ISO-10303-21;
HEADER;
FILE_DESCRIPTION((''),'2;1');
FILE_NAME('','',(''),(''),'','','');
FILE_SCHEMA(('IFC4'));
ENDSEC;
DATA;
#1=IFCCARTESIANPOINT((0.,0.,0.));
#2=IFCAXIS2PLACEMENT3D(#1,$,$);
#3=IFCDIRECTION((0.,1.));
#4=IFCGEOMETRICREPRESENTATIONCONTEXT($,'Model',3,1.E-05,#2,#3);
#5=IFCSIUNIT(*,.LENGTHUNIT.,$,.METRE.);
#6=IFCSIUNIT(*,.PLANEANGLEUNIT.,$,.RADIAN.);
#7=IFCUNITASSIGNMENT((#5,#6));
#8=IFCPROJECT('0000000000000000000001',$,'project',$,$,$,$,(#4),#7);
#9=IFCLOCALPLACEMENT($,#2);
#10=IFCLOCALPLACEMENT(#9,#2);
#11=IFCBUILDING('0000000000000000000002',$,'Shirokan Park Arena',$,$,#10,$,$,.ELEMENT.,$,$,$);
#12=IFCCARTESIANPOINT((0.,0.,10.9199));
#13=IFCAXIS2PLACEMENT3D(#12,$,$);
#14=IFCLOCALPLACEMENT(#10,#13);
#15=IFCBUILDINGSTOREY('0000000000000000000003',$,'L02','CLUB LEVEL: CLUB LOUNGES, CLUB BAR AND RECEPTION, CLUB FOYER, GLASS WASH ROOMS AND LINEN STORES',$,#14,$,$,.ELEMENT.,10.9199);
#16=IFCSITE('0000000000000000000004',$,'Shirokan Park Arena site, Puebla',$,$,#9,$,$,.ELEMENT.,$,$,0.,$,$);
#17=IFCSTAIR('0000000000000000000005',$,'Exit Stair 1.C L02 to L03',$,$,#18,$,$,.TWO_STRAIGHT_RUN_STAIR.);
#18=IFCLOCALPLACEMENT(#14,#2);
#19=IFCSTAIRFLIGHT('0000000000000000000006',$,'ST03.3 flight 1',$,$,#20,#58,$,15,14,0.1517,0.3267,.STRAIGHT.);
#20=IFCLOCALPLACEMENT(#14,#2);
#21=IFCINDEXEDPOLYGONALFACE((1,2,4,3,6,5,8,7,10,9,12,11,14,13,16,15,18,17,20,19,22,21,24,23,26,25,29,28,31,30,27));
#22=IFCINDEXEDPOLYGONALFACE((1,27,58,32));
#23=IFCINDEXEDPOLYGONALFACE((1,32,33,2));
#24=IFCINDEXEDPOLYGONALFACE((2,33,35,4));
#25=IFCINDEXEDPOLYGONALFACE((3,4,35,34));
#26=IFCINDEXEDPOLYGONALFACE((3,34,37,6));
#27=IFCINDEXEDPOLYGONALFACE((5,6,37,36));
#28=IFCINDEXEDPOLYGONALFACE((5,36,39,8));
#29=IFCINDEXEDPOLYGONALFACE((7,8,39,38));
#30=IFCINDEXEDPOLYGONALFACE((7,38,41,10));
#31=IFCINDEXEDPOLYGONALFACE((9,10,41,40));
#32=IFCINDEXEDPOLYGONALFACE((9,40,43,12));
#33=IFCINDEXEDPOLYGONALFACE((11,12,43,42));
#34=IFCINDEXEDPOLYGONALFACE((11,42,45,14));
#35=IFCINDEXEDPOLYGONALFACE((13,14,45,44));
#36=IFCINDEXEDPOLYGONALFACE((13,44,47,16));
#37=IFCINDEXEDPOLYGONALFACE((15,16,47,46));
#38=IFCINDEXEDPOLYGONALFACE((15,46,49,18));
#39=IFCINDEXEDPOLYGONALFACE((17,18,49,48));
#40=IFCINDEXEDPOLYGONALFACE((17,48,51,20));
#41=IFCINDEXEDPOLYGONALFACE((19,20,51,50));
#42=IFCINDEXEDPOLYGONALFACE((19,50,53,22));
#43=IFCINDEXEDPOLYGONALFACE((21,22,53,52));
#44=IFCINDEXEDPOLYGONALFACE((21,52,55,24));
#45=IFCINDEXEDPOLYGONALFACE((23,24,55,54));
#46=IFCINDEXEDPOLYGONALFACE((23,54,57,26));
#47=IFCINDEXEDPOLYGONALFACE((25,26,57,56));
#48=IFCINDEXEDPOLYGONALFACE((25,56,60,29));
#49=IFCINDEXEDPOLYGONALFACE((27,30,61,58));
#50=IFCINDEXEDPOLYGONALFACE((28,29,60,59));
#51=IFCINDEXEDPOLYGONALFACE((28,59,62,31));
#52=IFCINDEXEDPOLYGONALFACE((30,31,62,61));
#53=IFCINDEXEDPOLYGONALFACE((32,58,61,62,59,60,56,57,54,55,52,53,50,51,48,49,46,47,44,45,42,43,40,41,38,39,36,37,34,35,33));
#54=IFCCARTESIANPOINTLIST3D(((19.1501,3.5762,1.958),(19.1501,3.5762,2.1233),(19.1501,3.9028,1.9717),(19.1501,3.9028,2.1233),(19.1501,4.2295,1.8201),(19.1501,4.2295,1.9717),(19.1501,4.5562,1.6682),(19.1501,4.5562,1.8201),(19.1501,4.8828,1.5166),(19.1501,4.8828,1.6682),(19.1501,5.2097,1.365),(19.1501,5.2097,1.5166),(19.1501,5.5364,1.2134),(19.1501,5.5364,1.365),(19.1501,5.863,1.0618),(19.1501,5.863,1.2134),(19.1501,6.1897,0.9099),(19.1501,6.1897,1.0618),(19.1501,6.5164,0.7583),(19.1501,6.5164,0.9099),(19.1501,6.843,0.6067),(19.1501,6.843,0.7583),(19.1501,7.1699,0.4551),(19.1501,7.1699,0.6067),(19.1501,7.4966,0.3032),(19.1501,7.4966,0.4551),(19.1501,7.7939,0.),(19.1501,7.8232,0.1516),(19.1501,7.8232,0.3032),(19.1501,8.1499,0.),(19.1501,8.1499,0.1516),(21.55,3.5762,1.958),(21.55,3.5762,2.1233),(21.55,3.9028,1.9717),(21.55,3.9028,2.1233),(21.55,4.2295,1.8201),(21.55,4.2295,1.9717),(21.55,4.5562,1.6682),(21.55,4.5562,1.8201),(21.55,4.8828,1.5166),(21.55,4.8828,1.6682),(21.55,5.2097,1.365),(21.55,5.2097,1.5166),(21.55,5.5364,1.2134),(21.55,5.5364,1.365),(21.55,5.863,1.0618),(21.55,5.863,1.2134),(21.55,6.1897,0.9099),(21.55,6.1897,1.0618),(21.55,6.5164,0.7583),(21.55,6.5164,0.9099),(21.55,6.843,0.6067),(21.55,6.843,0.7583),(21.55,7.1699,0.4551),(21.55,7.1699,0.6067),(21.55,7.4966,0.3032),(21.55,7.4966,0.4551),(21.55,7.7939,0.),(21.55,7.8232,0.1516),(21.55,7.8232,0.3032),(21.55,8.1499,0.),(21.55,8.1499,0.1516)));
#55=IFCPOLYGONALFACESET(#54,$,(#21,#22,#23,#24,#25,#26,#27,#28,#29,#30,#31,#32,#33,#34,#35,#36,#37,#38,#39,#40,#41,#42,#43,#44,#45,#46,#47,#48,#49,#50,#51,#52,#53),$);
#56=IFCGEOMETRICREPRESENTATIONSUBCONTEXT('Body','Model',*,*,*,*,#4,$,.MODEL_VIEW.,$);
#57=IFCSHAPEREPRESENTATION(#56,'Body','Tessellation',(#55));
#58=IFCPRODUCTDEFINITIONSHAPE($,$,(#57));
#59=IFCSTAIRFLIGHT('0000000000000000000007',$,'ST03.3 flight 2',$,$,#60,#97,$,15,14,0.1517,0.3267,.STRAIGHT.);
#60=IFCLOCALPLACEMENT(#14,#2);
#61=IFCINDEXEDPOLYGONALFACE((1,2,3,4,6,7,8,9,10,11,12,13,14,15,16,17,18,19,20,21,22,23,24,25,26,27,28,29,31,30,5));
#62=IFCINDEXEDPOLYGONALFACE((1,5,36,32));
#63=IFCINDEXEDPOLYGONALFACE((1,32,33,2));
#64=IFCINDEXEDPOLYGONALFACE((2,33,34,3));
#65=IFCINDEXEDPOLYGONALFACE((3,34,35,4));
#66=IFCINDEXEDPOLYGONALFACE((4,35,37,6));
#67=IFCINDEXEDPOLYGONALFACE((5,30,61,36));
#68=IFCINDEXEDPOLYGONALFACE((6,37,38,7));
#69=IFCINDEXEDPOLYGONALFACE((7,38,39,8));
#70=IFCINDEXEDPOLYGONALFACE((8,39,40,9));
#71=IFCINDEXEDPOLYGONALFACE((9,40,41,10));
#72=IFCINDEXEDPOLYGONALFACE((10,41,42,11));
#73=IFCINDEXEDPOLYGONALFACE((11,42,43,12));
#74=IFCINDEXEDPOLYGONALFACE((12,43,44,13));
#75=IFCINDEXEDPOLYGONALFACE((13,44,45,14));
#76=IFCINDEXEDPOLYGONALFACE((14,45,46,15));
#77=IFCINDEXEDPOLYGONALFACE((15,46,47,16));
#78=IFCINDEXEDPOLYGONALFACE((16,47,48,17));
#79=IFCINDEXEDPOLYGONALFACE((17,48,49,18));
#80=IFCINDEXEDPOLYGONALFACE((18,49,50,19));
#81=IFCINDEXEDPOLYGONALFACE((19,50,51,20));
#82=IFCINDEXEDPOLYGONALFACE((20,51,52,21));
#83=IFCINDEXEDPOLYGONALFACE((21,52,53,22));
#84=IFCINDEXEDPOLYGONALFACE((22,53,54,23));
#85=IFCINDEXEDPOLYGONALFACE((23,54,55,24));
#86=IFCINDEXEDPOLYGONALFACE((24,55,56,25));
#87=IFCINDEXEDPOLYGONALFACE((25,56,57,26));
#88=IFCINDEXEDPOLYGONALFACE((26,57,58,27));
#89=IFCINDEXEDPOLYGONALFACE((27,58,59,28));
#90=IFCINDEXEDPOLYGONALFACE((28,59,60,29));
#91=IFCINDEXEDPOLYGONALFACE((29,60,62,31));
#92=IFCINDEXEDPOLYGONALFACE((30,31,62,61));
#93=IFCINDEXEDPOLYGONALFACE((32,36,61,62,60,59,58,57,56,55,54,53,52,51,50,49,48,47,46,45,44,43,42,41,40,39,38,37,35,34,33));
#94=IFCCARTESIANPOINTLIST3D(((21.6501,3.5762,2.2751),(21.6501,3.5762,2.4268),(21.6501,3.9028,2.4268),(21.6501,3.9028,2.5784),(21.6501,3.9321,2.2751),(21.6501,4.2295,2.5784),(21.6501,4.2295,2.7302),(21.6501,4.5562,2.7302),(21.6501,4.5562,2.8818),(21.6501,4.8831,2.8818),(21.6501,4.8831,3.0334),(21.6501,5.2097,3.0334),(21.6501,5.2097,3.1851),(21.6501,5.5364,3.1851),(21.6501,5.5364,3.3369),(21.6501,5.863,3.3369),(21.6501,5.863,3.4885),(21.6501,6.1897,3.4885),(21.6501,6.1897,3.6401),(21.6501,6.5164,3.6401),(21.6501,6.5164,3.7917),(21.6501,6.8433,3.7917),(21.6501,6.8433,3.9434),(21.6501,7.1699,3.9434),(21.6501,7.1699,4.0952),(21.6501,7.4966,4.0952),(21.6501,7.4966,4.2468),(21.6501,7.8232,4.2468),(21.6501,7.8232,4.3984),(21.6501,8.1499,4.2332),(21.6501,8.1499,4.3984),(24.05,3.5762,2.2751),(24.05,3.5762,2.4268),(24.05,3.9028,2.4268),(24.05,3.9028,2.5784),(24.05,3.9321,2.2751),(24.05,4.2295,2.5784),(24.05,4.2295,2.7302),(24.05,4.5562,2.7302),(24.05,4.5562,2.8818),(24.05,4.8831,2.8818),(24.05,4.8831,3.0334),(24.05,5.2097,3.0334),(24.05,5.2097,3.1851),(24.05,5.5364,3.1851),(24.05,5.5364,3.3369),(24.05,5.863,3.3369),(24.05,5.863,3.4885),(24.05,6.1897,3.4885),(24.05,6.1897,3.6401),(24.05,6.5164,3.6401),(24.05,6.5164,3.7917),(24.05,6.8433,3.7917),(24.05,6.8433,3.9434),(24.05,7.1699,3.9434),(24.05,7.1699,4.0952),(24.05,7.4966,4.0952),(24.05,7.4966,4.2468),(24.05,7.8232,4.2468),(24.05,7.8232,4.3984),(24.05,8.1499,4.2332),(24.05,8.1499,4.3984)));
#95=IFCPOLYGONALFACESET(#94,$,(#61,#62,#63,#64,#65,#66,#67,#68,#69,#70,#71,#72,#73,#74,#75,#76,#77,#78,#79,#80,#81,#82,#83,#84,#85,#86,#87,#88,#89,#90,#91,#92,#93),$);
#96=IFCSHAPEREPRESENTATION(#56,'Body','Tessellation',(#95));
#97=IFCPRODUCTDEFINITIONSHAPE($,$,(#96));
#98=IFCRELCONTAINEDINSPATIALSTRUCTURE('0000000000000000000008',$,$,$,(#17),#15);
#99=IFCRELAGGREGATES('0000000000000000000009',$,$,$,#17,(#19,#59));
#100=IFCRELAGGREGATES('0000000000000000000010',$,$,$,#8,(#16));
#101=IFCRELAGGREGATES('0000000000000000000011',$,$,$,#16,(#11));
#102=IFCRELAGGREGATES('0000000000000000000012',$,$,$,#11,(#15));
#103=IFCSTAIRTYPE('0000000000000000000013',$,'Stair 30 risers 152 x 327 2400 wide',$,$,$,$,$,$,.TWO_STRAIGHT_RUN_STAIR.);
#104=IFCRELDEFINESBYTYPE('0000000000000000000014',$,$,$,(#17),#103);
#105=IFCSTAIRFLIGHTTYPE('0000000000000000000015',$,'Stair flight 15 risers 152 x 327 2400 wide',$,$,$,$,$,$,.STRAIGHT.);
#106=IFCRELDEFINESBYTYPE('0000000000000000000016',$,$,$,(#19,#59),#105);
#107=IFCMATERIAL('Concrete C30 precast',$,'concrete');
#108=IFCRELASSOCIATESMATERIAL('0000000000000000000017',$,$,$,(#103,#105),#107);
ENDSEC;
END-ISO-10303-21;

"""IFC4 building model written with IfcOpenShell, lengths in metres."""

from ifc_helpers import new_model, si_unit, direction, frame, origin, place, context, subcontext, project, spatial, polyline, outline, extrude, material, type_object, element, aggregate, save


model = new_model("IFC4")

# Units and contexts
model_context = context("Model", 3, precision=1e-05, world=origin(), true_north=direction((0.0, 1.0)))
body_context = subcontext(model_context, "Body", "Model", "MODEL_VIEW")
ifc_project = project(units=[si_unit("LENGTHUNIT", "METRE"), si_unit("PLANEANGLEUNIT", "RADIAN")], contexts=[model_context])

# Site, building, storey
site_placement = place(None, origin())
site = spatial("IfcSite", under=ifc_project, at=site_placement, Name="Shirokan Park Arena site, Puebla", CompositionType="ELEMENT", RefElevation=0.0)
building_placement = place(site_placement, origin())
building = spatial("IfcBuilding", under=site, at=building_placement, Name="Shirokan Park Arena", CompositionType="ELEMENT")
storey_placement = place(building_placement, frame((0.0, 0.0, 10.9199)))
storey = spatial("IfcBuildingStorey", under=building, at=storey_placement, Name="L02", Description="CLUB LEVEL: CLUB LOUNGES, CLUB BAR AND RECEPTION, CLUB FOYER, GLASS WASH ROOMS AND LINEN STORES", CompositionType="ELEMENT", Elevation=10.9199)

# Stair, stair flights
ifc_material_1 = material(Name="Concrete C30 precast", Category="concrete")
stair_type = type_object("IfcStairType", Name="Stair 30 risers 152 x 327 2400 wide", PredefinedType="TWO_STRAIGHT_RUN_STAIR", material=ifc_material_1)
stair_flight_type = type_object("IfcStairFlightType", Name="Stair flight 15 risers 152 x 327 2400 wide", PredefinedType="STRAIGHT", material=ifc_material_1)
stair_1_placement = place(storey_placement, origin())
stair_1 = element("IfcStair", 1, at=stair_1_placement, inside=storey, type_object=stair_type, Name="Exit Stair 1.C L02 to L03", PredefinedType="TWO_STRAIGHT_RUN_STAIR")
stair_flight_1_placement = place(storey_placement, frame((20.3501, 8.1499, 0.0), z_axis=(0.0, 0.0, 1.0), x_axis=(0.0, -1.0, 0.0)))
stair_flight_1 = element("IfcStairFlight", 2, at=stair_flight_1_placement, type_object=stair_flight_type, Name="ST03.3 flight 1", NumberOfRisers=15, NumberOfTreads=14, PredefinedType="STRAIGHT", RiserHeight=0.1517, TreadLength=0.3267, context=body_context, shape_type="SweptSolid", body=[
    extrude(outline(polyline([(0.0, 0.0), (0.0, 0.1516), (0.3267, 0.1516), (0.3267, 0.3032), (0.6533, 0.3032), (0.6533, 0.4551), (0.98, 0.4551), (0.98, 0.6067), (1.3069, 0.6067), (1.3069, 0.7583), (1.6335, 0.7583), (1.6335, 0.9099), (1.9602, 0.9099), (1.9602, 1.0618), (2.2869, 1.0618), (2.2869, 1.2134), (2.6135, 1.2134), (2.6135, 1.365), (2.9402, 1.365), (2.9402, 1.5166), (3.2671, 1.5166), (3.2671, 1.6682), (3.5938, 1.6682), (3.5938, 1.8201), (3.9204, 1.8201), (3.9204, 1.9717), (4.2471, 1.9717), (4.2471, 2.1233), (4.5737, 2.1233), (4.5737, 2.2749), (4.5737, 1.958), (0.356, 0.0), (0.0, 0.0)])), frame((0.0, 1.2, 0.0), z_axis=(0.0, -1.0, 0.0), x_axis=(1.0, 0.0, 0.0)), (0.0, 0.0, 1.0), 2.3999),
])
stair_flight_2_placement = place(storey_placement, frame((22.8501, 3.5762, 2.2751), z_axis=(0.0, 0.0, 1.0), x_axis=(0.0, 1.0, 0.0)))
stair_flight_2 = element("IfcStairFlight", 3, at=stair_flight_2_placement, type_object=stair_flight_type, Name="ST03.3 flight 2", NumberOfRisers=15, NumberOfTreads=14, PredefinedType="STRAIGHT", RiserHeight=0.1517, TreadLength=0.3267, context=body_context, shape_type="SweptSolid", body=[
    extrude(outline(polyline([(0.0, 0.0), (0.0, 0.1516), (0.3267, 0.1516), (0.3267, 0.3032), (0.6533, 0.3032), (0.6533, 0.4551), (0.98, 0.4551), (0.98, 0.6067), (1.3069, 0.6067), (1.3069, 0.7583), (1.6335, 0.7583), (1.6335, 0.9099), (1.9602, 0.9099), (1.9602, 1.0618), (2.2869, 1.0618), (2.2869, 1.2134), (2.6135, 1.2134), (2.6135, 1.365), (2.9402, 1.365), (2.9402, 1.5166), (3.2671, 1.5166), (3.2671, 1.6682), (3.5938, 1.6682), (3.5938, 1.8201), (3.9204, 1.8201), (3.9204, 1.9717), (4.2471, 1.9717), (4.2471, 2.1233), (4.5737, 2.1233), (4.5737, 2.2749), (4.5737, 1.958), (0.356, 0.0), (0.0, 0.0)])), frame((0.0, 1.2, 0.0), z_axis=(0.0, -1.0, 0.0), x_axis=(1.0, 0.0, 0.0)), (0.0, 0.0, 1.0), 2.3999),
])
aggregate(stair_1, [stair_flight_1, stair_flight_2])

save(model, "model.ifc")
